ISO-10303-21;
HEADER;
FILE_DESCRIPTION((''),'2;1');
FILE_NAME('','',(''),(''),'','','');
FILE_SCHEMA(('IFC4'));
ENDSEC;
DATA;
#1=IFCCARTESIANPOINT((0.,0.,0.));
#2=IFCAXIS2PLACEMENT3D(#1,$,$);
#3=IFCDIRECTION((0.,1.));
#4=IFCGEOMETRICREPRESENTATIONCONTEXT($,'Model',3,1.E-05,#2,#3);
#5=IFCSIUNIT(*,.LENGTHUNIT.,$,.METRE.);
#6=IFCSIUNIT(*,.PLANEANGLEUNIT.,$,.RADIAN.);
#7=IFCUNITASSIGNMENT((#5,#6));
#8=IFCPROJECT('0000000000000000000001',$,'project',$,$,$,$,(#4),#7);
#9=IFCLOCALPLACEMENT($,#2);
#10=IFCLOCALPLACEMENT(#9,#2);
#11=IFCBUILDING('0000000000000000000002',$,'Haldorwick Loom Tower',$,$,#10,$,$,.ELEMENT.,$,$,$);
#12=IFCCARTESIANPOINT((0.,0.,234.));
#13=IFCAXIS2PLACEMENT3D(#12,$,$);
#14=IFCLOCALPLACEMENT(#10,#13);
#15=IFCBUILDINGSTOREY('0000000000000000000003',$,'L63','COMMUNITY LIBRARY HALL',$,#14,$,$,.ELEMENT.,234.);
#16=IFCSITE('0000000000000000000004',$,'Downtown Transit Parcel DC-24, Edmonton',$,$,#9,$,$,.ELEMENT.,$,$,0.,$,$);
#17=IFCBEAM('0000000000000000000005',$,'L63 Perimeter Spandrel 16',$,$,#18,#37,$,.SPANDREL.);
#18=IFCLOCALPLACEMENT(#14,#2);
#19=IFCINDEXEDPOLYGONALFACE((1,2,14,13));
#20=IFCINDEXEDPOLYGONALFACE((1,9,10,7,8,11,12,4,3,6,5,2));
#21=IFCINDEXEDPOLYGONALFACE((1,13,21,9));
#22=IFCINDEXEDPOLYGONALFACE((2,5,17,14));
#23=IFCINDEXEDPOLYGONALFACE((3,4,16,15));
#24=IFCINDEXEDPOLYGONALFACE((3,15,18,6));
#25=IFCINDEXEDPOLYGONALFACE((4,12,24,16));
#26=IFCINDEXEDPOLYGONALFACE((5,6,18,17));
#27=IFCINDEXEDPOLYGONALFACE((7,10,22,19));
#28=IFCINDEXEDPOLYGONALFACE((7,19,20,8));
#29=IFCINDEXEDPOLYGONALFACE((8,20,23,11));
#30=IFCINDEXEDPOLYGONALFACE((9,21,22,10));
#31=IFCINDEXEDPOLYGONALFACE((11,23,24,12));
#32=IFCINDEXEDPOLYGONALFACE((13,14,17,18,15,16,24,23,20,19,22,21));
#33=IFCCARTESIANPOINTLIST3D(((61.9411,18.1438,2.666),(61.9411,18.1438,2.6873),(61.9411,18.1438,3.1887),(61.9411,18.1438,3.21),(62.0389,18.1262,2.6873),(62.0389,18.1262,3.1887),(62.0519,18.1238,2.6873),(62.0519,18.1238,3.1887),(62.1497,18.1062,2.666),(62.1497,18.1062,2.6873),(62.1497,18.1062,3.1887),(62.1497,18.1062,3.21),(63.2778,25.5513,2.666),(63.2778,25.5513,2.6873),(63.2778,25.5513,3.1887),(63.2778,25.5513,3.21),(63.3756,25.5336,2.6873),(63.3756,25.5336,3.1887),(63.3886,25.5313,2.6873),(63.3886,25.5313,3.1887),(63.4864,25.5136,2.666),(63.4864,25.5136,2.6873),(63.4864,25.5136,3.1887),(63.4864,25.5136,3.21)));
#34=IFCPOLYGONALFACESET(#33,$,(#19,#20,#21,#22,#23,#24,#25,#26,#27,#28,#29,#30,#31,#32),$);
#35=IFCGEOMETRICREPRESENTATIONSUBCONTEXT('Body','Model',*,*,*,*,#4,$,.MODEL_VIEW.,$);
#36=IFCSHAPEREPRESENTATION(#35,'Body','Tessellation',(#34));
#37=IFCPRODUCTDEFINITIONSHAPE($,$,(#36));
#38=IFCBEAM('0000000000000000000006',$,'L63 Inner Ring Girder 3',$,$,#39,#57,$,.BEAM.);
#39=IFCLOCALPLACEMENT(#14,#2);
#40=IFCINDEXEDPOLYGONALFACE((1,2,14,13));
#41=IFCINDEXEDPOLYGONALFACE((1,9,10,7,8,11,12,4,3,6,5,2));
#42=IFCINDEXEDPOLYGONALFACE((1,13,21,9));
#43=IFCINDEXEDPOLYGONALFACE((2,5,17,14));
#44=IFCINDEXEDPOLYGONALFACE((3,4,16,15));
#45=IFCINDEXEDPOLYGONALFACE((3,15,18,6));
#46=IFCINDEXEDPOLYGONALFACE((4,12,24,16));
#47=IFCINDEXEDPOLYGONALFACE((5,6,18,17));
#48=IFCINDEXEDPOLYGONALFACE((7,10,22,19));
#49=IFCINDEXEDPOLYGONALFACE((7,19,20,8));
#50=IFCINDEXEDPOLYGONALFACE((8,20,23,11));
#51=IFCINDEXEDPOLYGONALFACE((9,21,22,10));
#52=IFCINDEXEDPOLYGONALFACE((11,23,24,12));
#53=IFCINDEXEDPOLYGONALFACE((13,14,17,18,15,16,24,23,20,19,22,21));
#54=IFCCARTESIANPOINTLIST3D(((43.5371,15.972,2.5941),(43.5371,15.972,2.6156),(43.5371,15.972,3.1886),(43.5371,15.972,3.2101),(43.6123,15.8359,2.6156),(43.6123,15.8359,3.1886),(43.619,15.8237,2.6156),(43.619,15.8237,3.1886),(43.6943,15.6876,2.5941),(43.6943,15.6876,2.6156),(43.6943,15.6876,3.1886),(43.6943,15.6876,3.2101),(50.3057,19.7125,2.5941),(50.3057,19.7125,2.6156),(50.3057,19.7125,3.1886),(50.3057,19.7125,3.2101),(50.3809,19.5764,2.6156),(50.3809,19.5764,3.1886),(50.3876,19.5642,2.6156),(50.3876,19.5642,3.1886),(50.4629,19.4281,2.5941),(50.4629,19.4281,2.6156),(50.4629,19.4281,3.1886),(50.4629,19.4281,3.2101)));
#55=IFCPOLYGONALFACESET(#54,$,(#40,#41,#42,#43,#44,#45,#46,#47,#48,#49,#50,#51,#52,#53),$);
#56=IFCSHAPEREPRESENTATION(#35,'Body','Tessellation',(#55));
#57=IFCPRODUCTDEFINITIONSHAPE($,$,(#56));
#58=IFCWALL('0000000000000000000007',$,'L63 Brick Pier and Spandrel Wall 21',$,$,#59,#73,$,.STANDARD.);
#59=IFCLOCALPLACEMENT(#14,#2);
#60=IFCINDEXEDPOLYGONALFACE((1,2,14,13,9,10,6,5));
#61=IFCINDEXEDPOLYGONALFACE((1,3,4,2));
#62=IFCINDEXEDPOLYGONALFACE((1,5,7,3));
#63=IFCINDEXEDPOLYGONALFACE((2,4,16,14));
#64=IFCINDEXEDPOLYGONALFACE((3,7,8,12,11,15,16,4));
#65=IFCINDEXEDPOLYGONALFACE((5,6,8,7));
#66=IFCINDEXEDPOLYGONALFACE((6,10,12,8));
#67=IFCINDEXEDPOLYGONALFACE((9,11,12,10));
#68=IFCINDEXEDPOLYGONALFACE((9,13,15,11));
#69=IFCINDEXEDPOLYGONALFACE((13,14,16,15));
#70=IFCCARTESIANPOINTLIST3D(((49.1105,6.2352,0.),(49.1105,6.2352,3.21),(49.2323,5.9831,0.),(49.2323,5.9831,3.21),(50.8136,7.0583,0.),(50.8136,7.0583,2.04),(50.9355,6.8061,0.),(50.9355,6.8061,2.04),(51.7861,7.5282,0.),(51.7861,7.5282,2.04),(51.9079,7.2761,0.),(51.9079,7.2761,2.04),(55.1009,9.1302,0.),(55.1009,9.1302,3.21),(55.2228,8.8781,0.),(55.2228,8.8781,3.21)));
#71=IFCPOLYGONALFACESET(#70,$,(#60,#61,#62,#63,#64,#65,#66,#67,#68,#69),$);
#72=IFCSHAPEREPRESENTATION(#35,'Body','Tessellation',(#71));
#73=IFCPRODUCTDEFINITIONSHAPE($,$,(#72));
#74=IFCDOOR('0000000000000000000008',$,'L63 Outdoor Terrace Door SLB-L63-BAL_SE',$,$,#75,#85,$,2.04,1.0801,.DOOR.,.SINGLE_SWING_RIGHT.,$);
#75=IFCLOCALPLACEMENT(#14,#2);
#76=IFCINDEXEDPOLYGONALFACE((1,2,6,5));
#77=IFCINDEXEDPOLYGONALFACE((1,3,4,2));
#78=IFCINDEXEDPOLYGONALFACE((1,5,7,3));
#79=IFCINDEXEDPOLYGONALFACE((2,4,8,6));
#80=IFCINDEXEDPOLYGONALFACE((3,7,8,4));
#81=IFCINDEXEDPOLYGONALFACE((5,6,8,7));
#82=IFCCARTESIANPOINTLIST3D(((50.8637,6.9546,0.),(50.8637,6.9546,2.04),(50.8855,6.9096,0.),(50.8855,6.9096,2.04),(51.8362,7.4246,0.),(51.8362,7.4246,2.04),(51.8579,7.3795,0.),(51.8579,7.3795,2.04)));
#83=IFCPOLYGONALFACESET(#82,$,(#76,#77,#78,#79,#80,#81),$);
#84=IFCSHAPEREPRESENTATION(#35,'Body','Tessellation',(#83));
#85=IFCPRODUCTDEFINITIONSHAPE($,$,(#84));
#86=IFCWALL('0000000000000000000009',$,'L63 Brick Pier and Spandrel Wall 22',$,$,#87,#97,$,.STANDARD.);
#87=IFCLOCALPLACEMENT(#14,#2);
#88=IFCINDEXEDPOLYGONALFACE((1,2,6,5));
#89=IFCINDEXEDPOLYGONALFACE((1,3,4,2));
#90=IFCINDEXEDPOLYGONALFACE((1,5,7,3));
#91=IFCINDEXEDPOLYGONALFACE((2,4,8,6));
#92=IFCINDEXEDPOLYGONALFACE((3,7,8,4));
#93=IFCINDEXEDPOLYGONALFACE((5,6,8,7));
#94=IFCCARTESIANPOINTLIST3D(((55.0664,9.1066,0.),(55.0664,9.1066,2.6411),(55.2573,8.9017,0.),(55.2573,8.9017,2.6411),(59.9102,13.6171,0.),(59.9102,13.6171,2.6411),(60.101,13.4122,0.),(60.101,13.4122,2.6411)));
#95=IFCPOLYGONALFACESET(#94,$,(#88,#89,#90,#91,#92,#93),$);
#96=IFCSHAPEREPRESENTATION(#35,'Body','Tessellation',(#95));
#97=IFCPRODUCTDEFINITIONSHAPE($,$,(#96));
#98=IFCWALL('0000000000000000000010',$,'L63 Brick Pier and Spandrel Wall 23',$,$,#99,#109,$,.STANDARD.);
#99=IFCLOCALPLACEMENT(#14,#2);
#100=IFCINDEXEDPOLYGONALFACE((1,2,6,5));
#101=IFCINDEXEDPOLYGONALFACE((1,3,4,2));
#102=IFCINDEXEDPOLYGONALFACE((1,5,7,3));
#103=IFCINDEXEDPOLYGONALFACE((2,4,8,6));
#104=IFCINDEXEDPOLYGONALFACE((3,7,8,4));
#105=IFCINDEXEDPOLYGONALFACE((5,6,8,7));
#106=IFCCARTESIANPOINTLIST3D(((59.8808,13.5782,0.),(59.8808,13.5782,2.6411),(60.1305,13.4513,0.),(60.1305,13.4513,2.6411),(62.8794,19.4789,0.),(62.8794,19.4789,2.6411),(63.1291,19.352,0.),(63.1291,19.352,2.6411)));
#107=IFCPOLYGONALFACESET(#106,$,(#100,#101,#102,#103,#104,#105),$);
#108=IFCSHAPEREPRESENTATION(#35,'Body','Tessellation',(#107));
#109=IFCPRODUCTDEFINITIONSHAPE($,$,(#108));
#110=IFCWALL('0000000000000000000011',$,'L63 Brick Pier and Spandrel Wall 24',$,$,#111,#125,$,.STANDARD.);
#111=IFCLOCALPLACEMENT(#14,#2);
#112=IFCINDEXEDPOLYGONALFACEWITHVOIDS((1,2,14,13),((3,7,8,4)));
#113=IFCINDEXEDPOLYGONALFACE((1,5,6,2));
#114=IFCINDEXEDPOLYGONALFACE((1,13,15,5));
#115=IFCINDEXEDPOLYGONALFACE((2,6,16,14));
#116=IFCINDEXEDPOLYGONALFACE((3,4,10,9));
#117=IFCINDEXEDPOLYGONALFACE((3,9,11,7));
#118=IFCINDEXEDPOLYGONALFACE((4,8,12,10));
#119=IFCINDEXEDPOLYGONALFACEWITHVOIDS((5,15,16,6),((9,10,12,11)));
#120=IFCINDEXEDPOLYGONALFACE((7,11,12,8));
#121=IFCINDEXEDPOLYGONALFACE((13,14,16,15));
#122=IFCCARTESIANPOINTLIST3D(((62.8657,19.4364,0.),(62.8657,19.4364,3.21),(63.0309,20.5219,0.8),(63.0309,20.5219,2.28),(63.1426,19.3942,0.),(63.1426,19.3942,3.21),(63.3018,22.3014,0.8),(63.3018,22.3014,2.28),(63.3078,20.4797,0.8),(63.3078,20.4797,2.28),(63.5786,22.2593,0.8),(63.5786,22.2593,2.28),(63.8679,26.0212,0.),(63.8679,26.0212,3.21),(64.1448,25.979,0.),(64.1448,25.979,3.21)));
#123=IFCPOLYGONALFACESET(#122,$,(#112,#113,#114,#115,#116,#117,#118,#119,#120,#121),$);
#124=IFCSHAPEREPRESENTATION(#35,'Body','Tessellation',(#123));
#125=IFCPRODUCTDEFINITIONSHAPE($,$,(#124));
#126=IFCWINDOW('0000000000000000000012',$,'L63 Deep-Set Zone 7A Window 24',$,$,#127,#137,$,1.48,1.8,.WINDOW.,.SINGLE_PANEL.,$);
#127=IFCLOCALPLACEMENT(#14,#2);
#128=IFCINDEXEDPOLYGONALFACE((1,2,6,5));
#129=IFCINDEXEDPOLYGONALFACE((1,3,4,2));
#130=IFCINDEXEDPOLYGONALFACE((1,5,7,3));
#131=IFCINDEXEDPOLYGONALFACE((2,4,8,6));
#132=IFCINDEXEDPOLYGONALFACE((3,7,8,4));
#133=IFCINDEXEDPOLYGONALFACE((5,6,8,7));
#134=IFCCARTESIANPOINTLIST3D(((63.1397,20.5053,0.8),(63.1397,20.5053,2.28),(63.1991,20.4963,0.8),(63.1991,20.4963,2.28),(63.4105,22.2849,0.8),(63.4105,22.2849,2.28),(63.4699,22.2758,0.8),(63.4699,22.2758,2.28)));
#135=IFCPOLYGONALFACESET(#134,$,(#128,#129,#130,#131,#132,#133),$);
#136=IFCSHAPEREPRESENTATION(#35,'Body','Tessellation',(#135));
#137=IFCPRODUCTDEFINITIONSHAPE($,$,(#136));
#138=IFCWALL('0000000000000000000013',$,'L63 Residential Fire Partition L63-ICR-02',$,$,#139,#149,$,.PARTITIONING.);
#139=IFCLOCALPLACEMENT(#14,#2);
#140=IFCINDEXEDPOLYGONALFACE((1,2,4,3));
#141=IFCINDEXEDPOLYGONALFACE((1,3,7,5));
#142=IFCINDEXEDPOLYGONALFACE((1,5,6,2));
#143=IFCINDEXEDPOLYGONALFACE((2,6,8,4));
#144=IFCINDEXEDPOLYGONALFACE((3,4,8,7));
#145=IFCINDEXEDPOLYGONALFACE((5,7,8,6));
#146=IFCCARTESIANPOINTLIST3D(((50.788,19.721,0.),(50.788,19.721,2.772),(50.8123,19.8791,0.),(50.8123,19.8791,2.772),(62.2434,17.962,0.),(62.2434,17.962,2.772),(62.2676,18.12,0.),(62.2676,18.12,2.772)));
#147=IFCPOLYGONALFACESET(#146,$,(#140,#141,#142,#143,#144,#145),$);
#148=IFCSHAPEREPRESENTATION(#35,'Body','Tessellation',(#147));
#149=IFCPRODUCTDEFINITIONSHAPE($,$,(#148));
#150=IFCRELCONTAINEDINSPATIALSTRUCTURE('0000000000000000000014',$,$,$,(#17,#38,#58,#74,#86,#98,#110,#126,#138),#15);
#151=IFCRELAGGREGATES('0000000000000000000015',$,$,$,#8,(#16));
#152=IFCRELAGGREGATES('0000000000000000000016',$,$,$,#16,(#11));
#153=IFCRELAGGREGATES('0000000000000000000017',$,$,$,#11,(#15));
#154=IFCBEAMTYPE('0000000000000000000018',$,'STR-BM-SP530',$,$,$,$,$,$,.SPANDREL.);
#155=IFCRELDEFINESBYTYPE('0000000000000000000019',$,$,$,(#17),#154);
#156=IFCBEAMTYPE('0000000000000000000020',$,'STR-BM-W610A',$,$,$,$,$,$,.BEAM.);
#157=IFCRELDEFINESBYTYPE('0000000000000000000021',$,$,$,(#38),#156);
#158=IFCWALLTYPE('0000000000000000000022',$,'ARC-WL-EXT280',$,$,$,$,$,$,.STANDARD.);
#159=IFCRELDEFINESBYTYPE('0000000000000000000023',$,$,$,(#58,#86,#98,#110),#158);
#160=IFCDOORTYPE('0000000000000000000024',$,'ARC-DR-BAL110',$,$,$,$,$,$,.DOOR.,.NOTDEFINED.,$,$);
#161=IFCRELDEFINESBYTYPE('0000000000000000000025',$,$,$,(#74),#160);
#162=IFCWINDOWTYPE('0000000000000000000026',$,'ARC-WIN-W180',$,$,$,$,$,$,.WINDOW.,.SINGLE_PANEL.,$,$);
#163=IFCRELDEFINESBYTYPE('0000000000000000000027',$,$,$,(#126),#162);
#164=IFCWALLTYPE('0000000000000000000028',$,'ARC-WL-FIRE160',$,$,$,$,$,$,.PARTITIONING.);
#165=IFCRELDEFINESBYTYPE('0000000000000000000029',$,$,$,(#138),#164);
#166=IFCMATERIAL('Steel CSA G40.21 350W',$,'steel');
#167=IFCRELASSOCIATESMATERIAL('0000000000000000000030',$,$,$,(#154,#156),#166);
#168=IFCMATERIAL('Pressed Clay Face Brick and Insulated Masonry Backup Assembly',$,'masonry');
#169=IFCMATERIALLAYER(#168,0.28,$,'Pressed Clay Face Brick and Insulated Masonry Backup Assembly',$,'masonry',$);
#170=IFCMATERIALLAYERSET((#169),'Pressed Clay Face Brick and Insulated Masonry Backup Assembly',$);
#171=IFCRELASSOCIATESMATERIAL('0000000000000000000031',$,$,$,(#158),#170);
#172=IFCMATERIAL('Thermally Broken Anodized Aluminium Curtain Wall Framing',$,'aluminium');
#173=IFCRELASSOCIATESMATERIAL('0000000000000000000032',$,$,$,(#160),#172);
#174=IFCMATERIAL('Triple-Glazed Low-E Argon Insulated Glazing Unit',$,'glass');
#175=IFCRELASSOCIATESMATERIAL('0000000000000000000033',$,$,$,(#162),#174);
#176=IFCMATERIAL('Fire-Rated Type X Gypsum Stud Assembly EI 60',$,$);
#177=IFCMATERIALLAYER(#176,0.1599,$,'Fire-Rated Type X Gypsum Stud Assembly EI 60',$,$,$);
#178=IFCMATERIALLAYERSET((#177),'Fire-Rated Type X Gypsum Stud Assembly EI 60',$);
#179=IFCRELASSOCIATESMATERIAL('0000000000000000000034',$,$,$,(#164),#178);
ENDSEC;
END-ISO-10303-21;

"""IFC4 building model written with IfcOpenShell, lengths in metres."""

from ifc_helpers import new_model, si_unit, direction, frame, frame_2d, origin, origin_2d, place, context, subcontext, project, spatial, rectangle, i_section, extrude, material, layer, layer_set, material_profile, profile_set, type_object, element, fill, save


model = new_model("IFC4")

# Units and contexts
model_context = context("Model", 3, precision=1e-05, world=origin(), true_north=direction((0.0, 1.0)))
body_context = subcontext(model_context, "Body", "Model", "MODEL_VIEW")
ifc_project = project(units=[si_unit("LENGTHUNIT", "METRE"), si_unit("PLANEANGLEUNIT", "RADIAN")], contexts=[model_context])

# Site, building, storey
site_placement = place(None, origin())
site = spatial("IfcSite", under=ifc_project, at=site_placement, Name="Downtown Transit Parcel DC-24, Edmonton", CompositionType="ELEMENT", RefElevation=0.0)
building_placement = place(site_placement, origin())
building = spatial("IfcBuilding", under=site, at=building_placement, Name="Haldorwick Loom Tower", CompositionType="ELEMENT")
storey_placement = place(building_placement, frame((0.0, 0.0, 234.0)))
storey = spatial("IfcBuildingStorey", under=building, at=storey_placement, Name="L63", Description="COMMUNITY LIBRARY HALL", CompositionType="ELEMENT", Elevation=234.0)

# Shared definitions
ifc_material_1 = material(Name="Steel CSA G40.21 350W", Category="steel")

# Beams
ifc_material_profile_1 = material_profile(ifc_material_1, i_section(OverallWidth=0.2119, OverallDepth=0.5439, WebThickness=0.0132, FlangeThickness=0.0212, at=origin_2d()), Name="W530X123", Category="steel")
ifc_profile_set_1 = profile_set([ifc_material_profile_1], Name="Steel CSA G40.21 350W")
beam_type_1 = type_object("IfcBeamType", Name="STR-BM-SP530", PredefinedType="SPANDREL", material=ifc_profile_set_1)
beam_1_placement = place(storey_placement, frame((62.0454, 18.125, 2.938), z_axis=(0.177581, 0.984106, 0.0), x_axis=(-0.984106, 0.177581, 0.0)))
element("IfcBeam", 1, at=beam_1_placement, inside=storey, type_object=beam_type_1, Name="L63 Perimeter Spandrel 16", PredefinedType="SPANDREL", context=body_context, shape_type="SweptSolid", body=[
    extrude(i_section(OverallWidth=0.2119, OverallDepth=0.5439, WebThickness=0.0132, FlangeThickness=0.0212, at=origin_2d()), origin(), (0.0, 0.0, 1.0), 7.5271),
])
ifc_material_profile_2 = material_profile(ifc_material_1, i_section(OverallWidth=0.325, OverallDepth=0.616, WebThickness=0.0139, FlangeThickness=0.0215, at=origin_2d()), Name="W610X174", Category="steel")
ifc_profile_set_2 = profile_set([ifc_material_profile_2], Name="Steel CSA G40.21 350W")
beam_type_2 = type_object("IfcBeamType", Name="STR-BM-W610A", PredefinedType="BEAM", material=ifc_profile_set_2)
beam_2_placement = place(storey_placement, frame((50.3843, 19.5703, 2.9021), z_axis=(-0.875244, -0.483682, 0.0), x_axis=(0.483682, -0.875244, 0.0)))
element("IfcBeam", 2, at=beam_2_placement, inside=storey, type_object=beam_type_2, Name="L63 Inner Ring Girder 3", PredefinedType="BEAM", context=body_context, shape_type="SweptSolid", body=[
    extrude(i_section(OverallWidth=0.325, OverallDepth=0.616, WebThickness=0.0139, FlangeThickness=0.0215, at=origin_2d()), origin(), (0.0, 0.0, 1.0), 7.7334),
])

# Wall, opening, door
ifc_material_2 = material(Name="Pressed Clay Face Brick and Insulated Masonry Backup Assembly", Category="masonry")
ifc_layer_1 = layer(ifc_material_2, 0.28, Name="Pressed Clay Face Brick and Insulated Masonry Backup Assembly", Category="masonry")
ifc_layer_set_1 = layer_set([ifc_layer_1], Name="Pressed Clay Face Brick and Insulated Masonry Backup Assembly")
wall_type_1 = type_object("IfcWallType", Name="ARC-WL-EXT280", PredefinedType="STANDARD", material=ifc_layer_set_1)
wall_1_placement = place(storey_placement, frame((49.1714, 6.1091, 0.0), z_axis=(0.0, 0.0, 1.0), x_axis=(0.900371, 0.435123, 0.0)))
wall_1 = element("IfcWall", 3, at=wall_1_placement, inside=storey, type_object=wall_type_1, Name="L63 Brick Pier and Spandrel Wall 21", PredefinedType="STANDARD", context=body_context, shape_type="SweptSolid", body=[
    extrude(rectangle(XDim=6.6533, YDim=0.28, at=frame_2d((3.3267, 0.0))), origin(), (0.0, 0.0, 1.0), 3.21),
])
opening_1_placement = place(wall_1_placement, frame((1.8916, 0.0, 0.0)))
opening_1 = element("IfcOpeningElement", 4, at=opening_1_placement, cuts=wall_1, PredefinedType="OPENING", context=body_context, shape_type="SweptSolid", body=[
    extrude(rectangle(XDim=1.0801, YDim=2.04, at=frame_2d((0.54, 1.02))), frame((0.0, 0.1499, 0.0), z_axis=(0.0, -1.0, 0.0), x_axis=(1.0, 0.0, 0.0)), (0.0, 0.0, 1.0), 0.3),
])
ifc_material_3 = material(Name="Thermally Broken Anodized Aluminium Curtain Wall Framing", Category="aluminium")
door_type = type_object("IfcDoorType", Name="ARC-DR-BAL110", OperationType="NOTDEFINED", PredefinedType="DOOR", material=ifc_material_3)
door_placement = place(opening_1_placement, origin())
door = element("IfcDoor", 5, at=door_placement, inside=storey, type_object=door_type, Name="L63 Outdoor Terrace Door SLB-L63-BAL_SE", OperationType="SINGLE_SWING_RIGHT", OverallHeight=2.04, OverallWidth=1.0801, PredefinedType="DOOR", context=body_context, shape_type="SweptSolid", body=[
    extrude(rectangle(XDim=1.0801, YDim=2.04, at=frame_2d((0.54, 1.02))), frame((0.0, 0.0249, 0.0), z_axis=(0.0, -1.0, 0.0), x_axis=(1.0, 0.0, 0.0)), (0.0, 0.0, 1.0), 0.05),
])
fill(opening_1, door)

# Walls
wall_2_placement = place(storey_placement, frame((55.1619, 9.0042, 0.0), z_axis=(0.0, 0.0, 1.0), x_axis=(0.731834, 0.681483, 0.0)))
element("IfcWall", 6, at=wall_2_placement, inside=storey, type_object=wall_type_1, Name="L63 Brick Pier and Spandrel Wall 22", PredefinedType="STANDARD", context=body_context, shape_type="SweptSolid", body=[
    extrude(rectangle(XDim=6.6187, YDim=0.28, at=frame_2d((3.3093, 0.0))), origin(), (0.0, 0.0, 1.0), 2.6411),
])
wall_3_placement = place(storey_placement, frame((60.0056, 13.5146, 0.0), z_axis=(0.0, 0.0, 1.0), x_axis=(0.453032, 0.891494, 0.0)))
element("IfcWall", 7, at=wall_3_placement, inside=storey, type_object=wall_type_1, Name="L63 Brick Pier and Spandrel Wall 23", PredefinedType="STANDARD", context=body_context, shape_type="SweptSolid", body=[
    extrude(rectangle(XDim=6.6189, YDim=0.28, at=frame_2d((3.3096, 0.0))), origin(), (0.0, 0.0, 1.0), 2.6411),
])

# Wall, opening, window
wall_4_placement = place(storey_placement, frame((63.0042, 19.4153, 0.0), z_axis=(0.0, 0.0, 1.0), x_axis=(0.150468, 0.988615, 0.0)))
wall_4 = element("IfcWall", 8, at=wall_4_placement, inside=storey, type_object=wall_type_1, Name="L63 Brick Pier and Spandrel Wall 24", PredefinedType="STANDARD", context=body_context, shape_type="SweptSolid", body=[
    extrude(rectangle(XDim=6.6606, YDim=0.28, at=frame_2d((3.3303, 0.0))), origin(), (0.0, 0.0, 1.0), 3.21),
])
opening_2_placement = place(wall_4_placement, frame((1.0981, 0.0, 0.8)))
opening_2 = element("IfcOpeningElement", 9, at=opening_2_placement, cuts=wall_4, PredefinedType="OPENING", context=body_context, shape_type="SweptSolid", body=[
    extrude(rectangle(XDim=1.8, YDim=1.48, at=frame_2d((0.8999, 0.74))), frame((0.0, 0.1499, 0.0), z_axis=(0.0, -1.0, 0.0), x_axis=(1.0, 0.0, 0.0)), (0.0, 0.0, 1.0), 0.3),
])
ifc_material_4 = material(Name="Triple-Glazed Low-E Argon Insulated Glazing Unit", Category="glass")
window_type = type_object("IfcWindowType", Name="ARC-WIN-W180", PartitioningType="SINGLE_PANEL", PredefinedType="WINDOW", material=ifc_material_4)
window_placement = place(opening_2_placement, origin())
window = element("IfcWindow", 10, at=window_placement, inside=storey, type_object=window_type, Name="L63 Deep-Set Zone 7A Window 24", OverallHeight=1.48, OverallWidth=1.8, PartitioningType="SINGLE_PANEL", PredefinedType="WINDOW", context=body_context, shape_type="SweptSolid", body=[
    extrude(rectangle(XDim=1.8, YDim=1.48, at=frame_2d((0.8999, 0.74))), frame((0.0, 0.03, 0.0), z_axis=(0.0, -1.0, 0.0), x_axis=(1.0, 0.0, 0.0)), (0.0, 0.0, 1.0), 0.0601),
])
fill(opening_2, window)

# Wall
ifc_material_5 = material(Name="Fire-Rated Type X Gypsum Stud Assembly EI 60")
ifc_layer_2 = layer(ifc_material_5, 0.1599, Name="Fire-Rated Type X Gypsum Stud Assembly EI 60")
ifc_layer_set_2 = layer_set([ifc_layer_2], Name="Fire-Rated Type X Gypsum Stud Assembly EI 60")
wall_type_2 = type_object("IfcWallType", Name="ARC-WL-FIRE160", PredefinedType="PARTITIONING", material=ifc_layer_set_2)
wall_5_placement = place(storey_placement, frame((50.8, 19.8, 0.0), z_axis=(0.0, 0.0, 1.0), x_axis=(0.988415, -0.151777, 0.0)))
element("IfcWall", 11, at=wall_5_placement, inside=storey, type_object=wall_type_2, Name="L63 Residential Fire Partition L63-ICR-02", PredefinedType="PARTITIONING", context=body_context, shape_type="SweptSolid", body=[
    extrude(rectangle(XDim=11.5896, YDim=0.1599, at=frame_2d((5.7949, 0.0))), origin(), (0.0, 0.0, 1.0), 2.772),
])

save(model, "model.ifc")
